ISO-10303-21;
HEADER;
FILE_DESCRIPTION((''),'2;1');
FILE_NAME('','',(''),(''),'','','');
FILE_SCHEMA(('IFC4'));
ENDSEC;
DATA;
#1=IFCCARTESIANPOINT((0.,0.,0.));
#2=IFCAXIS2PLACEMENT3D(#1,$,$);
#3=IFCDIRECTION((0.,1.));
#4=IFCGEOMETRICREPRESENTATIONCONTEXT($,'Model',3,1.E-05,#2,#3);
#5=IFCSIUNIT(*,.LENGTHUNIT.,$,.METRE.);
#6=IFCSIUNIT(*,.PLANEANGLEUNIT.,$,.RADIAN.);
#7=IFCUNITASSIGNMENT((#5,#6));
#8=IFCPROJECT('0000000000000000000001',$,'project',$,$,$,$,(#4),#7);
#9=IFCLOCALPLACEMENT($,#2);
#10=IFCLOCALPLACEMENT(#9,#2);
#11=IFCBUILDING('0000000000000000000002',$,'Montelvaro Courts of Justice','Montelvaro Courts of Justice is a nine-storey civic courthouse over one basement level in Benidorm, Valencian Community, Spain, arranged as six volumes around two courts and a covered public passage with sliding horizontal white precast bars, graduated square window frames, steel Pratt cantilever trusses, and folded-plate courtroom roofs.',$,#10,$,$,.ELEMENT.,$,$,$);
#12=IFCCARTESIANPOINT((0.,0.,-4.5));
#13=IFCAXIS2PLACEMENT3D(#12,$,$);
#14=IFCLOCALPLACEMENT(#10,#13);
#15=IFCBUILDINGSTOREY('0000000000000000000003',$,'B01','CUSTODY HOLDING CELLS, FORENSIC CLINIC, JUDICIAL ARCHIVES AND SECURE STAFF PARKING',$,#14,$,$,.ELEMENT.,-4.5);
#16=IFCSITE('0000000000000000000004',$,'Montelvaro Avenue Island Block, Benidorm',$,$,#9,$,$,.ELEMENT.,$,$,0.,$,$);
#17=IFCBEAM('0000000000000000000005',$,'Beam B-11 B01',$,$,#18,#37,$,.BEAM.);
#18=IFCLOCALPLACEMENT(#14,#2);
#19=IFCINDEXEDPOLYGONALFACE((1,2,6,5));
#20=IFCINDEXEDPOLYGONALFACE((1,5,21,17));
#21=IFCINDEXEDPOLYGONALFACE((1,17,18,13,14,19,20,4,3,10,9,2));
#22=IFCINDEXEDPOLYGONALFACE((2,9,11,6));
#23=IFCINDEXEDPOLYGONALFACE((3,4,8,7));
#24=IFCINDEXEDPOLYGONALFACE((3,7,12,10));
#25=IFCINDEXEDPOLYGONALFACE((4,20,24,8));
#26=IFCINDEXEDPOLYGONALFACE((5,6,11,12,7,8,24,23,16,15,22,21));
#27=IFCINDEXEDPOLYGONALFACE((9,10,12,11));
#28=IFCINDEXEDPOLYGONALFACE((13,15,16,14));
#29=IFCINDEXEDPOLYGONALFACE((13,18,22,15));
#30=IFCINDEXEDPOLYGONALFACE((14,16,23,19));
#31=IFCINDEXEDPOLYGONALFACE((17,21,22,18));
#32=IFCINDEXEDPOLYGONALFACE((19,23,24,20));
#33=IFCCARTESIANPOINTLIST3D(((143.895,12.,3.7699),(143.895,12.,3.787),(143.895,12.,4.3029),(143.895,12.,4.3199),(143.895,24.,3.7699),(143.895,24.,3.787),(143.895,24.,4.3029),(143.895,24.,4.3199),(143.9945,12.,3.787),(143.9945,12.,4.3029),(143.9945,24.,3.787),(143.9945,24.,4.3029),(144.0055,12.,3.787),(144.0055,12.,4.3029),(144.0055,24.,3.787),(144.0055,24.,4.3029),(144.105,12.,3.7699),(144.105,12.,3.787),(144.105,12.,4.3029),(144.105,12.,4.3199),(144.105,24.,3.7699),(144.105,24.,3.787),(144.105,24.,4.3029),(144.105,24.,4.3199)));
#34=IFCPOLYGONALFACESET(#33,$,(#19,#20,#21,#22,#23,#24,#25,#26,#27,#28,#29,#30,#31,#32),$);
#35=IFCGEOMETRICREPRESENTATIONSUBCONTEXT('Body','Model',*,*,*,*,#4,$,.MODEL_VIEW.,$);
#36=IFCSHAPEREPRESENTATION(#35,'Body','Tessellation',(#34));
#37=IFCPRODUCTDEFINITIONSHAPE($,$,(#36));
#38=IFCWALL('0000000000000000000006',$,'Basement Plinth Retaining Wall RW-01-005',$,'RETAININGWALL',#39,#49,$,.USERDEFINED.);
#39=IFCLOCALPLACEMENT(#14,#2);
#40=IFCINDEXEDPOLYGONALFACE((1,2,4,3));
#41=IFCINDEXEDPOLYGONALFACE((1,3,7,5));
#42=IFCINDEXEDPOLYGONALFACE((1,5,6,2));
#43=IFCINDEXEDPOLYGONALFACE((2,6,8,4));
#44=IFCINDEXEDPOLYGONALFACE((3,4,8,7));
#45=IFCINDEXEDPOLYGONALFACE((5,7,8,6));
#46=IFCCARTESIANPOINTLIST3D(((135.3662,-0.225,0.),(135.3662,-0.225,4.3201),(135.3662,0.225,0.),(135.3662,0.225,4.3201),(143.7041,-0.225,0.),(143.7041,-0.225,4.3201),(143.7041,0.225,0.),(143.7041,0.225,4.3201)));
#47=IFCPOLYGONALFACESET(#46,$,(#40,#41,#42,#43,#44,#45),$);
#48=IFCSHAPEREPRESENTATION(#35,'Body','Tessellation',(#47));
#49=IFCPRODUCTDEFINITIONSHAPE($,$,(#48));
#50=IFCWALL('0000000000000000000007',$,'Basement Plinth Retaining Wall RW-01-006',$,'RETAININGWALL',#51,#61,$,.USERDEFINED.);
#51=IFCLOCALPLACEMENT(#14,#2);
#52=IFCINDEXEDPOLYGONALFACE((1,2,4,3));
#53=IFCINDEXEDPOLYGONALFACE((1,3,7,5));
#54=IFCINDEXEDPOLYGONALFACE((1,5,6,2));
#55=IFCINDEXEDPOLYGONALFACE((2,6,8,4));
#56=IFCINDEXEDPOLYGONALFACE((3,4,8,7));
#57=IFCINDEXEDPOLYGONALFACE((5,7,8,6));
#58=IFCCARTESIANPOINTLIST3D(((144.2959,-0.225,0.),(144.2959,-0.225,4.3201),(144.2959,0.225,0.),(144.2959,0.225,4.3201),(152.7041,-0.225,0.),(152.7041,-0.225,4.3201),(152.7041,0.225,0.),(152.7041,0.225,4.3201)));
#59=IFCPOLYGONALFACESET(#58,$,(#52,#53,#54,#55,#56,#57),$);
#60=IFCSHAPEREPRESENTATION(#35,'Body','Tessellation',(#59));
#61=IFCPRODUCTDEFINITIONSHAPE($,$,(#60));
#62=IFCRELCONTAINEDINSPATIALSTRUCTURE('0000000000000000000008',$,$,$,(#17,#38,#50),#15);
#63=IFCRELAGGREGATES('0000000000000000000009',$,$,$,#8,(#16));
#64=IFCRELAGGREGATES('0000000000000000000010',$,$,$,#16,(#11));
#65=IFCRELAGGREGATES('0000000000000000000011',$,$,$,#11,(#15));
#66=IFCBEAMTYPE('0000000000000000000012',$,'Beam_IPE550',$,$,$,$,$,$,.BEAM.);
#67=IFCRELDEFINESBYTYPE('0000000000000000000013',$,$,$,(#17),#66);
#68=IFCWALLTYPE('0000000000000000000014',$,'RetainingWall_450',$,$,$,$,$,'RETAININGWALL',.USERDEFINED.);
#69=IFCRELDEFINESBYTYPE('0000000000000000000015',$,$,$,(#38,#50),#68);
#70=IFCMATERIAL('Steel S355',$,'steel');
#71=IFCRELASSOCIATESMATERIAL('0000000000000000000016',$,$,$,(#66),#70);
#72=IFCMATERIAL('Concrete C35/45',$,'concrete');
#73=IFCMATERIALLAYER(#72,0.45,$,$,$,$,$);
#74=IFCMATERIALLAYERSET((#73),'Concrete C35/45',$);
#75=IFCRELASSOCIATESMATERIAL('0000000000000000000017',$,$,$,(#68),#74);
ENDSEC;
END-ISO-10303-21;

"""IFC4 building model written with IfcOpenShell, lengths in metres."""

from ifc_helpers import new_model, si_unit, direction, frame, frame_2d, origin, origin_2d, place, context, subcontext, project, spatial, rectangle, i_section, extrude, material, layer, layer_set, material_profile, profile_set, type_object, element, save


model = new_model("IFC4")

# Units and contexts
model_context = context("Model", 3, precision=1e-05, world=origin(), true_north=direction((0.0, 1.0)))
body_context = subcontext(model_context, "Body", "Model", "MODEL_VIEW")
ifc_project = project(units=[si_unit("LENGTHUNIT", "METRE"), si_unit("PLANEANGLEUNIT", "RADIAN")], contexts=[model_context])

# Site, building, storey
site_placement = place(None, origin())
site = spatial("IfcSite", under=ifc_project, at=site_placement, Name="Montelvaro Avenue Island Block, Benidorm", CompositionType="ELEMENT", RefElevation=0.0)
building_placement = place(site_placement, origin())
building = spatial("IfcBuilding", under=site, at=building_placement, Name="Montelvaro Courts of Justice", Description="Montelvaro Courts of Justice is a nine-storey civic courthouse over one basement level in Benidorm, Valencian Community, Spain, arranged as six volumes around two courts and a covered public passage with sliding horizontal white precast bars, graduated square window frames, steel Pratt cantilever trusses, and folded-plate courtroom roofs.", CompositionType="ELEMENT")
storey_placement = place(building_placement, frame((0.0, 0.0, -4.5)))
storey = spatial("IfcBuildingStorey", under=building, at=storey_placement, Name="B01", Description="CUSTODY HOLDING CELLS, FORENSIC CLINIC, JUDICIAL ARCHIVES AND SECURE STAFF PARKING", CompositionType="ELEMENT", Elevation=-4.5)

# Shared definitions
ifc_material_1 = material(Name="Concrete C35/45", Category="concrete")

# Beam
ifc_material_2 = material(Name="Steel S355", Category="steel")
ifc_material_profile_1 = material_profile(ifc_material_2, i_section(OverallWidth=0.21, OverallDepth=0.55, WebThickness=0.011, FlangeThickness=0.0171, at=origin_2d()), Name="IPE 550")
ifc_profile_set_1 = profile_set([ifc_material_profile_1], Name="Steel S355")
beam_type_1 = type_object("IfcBeamType", Name="Beam_IPE550", PredefinedType="BEAM", material=ifc_profile_set_1)
for number, where, z_axis, x_axis, name in (
    (1, (144.0, 12.0, 4.0449), (0.0, 1.0, 0.0), (-1.0, 0.0, 0.0), "Beam B-11 B01"),
):
    element("IfcBeam", number, at=place(storey_placement, frame(where, z_axis=z_axis, x_axis=x_axis)), inside=storey, type_object=beam_type_1, Name=name, PredefinedType="BEAM", context=body_context, shape_type="SweptSolid", body=[
        extrude(i_section(OverallWidth=0.21, OverallDepth=0.55, WebThickness=0.011, FlangeThickness=0.0171, at=origin_2d()), origin(), (0.0, 0.0, 1.0), 12.0),
    ])

# Walls
ifc_layer = layer(ifc_material_1, 0.45)
ifc_layer_set = layer_set([ifc_layer], Name="Concrete C35/45")
wall_type = type_object("IfcWallType", Name="RetainingWall_450", ElementType="RETAININGWALL", PredefinedType="USERDEFINED", material=ifc_layer_set)
wall_1_placement = place(storey_placement, frame((135.3662, 0.0, 0.0), z_axis=(0.0, 0.0, 1.0), x_axis=(1.0, 0.0, 0.0)))
element("IfcWall", 2, at=wall_1_placement, inside=storey, type_object=wall_type, Name="Basement Plinth Retaining Wall RW-01-005", ObjectType="RETAININGWALL", PredefinedType="USERDEFINED", context=body_context, shape_type="SweptSolid", body=[
    extrude(rectangle(XDim=8.3379, YDim=0.45, at=frame_2d((4.1689, 0.0))), origin(), (0.0, 0.0, 1.0), 4.3201),
])
wall_2_placement = place(storey_placement, frame((144.2959, 0.0, 0.0), z_axis=(0.0, 0.0, 1.0), x_axis=(1.0, 0.0, 0.0)))
element("IfcWall", 3, at=wall_2_placement, inside=storey, type_object=wall_type, Name="Basement Plinth Retaining Wall RW-01-006", ObjectType="RETAININGWALL", PredefinedType="USERDEFINED", context=body_context, shape_type="SweptSolid", body=[
    extrude(rectangle(XDim=8.4082, YDim=0.45, at=frame_2d((4.2041, 0.0))), origin(), (0.0, 0.0, 1.0), 4.3201),
])

save(model, "model.ifc")
